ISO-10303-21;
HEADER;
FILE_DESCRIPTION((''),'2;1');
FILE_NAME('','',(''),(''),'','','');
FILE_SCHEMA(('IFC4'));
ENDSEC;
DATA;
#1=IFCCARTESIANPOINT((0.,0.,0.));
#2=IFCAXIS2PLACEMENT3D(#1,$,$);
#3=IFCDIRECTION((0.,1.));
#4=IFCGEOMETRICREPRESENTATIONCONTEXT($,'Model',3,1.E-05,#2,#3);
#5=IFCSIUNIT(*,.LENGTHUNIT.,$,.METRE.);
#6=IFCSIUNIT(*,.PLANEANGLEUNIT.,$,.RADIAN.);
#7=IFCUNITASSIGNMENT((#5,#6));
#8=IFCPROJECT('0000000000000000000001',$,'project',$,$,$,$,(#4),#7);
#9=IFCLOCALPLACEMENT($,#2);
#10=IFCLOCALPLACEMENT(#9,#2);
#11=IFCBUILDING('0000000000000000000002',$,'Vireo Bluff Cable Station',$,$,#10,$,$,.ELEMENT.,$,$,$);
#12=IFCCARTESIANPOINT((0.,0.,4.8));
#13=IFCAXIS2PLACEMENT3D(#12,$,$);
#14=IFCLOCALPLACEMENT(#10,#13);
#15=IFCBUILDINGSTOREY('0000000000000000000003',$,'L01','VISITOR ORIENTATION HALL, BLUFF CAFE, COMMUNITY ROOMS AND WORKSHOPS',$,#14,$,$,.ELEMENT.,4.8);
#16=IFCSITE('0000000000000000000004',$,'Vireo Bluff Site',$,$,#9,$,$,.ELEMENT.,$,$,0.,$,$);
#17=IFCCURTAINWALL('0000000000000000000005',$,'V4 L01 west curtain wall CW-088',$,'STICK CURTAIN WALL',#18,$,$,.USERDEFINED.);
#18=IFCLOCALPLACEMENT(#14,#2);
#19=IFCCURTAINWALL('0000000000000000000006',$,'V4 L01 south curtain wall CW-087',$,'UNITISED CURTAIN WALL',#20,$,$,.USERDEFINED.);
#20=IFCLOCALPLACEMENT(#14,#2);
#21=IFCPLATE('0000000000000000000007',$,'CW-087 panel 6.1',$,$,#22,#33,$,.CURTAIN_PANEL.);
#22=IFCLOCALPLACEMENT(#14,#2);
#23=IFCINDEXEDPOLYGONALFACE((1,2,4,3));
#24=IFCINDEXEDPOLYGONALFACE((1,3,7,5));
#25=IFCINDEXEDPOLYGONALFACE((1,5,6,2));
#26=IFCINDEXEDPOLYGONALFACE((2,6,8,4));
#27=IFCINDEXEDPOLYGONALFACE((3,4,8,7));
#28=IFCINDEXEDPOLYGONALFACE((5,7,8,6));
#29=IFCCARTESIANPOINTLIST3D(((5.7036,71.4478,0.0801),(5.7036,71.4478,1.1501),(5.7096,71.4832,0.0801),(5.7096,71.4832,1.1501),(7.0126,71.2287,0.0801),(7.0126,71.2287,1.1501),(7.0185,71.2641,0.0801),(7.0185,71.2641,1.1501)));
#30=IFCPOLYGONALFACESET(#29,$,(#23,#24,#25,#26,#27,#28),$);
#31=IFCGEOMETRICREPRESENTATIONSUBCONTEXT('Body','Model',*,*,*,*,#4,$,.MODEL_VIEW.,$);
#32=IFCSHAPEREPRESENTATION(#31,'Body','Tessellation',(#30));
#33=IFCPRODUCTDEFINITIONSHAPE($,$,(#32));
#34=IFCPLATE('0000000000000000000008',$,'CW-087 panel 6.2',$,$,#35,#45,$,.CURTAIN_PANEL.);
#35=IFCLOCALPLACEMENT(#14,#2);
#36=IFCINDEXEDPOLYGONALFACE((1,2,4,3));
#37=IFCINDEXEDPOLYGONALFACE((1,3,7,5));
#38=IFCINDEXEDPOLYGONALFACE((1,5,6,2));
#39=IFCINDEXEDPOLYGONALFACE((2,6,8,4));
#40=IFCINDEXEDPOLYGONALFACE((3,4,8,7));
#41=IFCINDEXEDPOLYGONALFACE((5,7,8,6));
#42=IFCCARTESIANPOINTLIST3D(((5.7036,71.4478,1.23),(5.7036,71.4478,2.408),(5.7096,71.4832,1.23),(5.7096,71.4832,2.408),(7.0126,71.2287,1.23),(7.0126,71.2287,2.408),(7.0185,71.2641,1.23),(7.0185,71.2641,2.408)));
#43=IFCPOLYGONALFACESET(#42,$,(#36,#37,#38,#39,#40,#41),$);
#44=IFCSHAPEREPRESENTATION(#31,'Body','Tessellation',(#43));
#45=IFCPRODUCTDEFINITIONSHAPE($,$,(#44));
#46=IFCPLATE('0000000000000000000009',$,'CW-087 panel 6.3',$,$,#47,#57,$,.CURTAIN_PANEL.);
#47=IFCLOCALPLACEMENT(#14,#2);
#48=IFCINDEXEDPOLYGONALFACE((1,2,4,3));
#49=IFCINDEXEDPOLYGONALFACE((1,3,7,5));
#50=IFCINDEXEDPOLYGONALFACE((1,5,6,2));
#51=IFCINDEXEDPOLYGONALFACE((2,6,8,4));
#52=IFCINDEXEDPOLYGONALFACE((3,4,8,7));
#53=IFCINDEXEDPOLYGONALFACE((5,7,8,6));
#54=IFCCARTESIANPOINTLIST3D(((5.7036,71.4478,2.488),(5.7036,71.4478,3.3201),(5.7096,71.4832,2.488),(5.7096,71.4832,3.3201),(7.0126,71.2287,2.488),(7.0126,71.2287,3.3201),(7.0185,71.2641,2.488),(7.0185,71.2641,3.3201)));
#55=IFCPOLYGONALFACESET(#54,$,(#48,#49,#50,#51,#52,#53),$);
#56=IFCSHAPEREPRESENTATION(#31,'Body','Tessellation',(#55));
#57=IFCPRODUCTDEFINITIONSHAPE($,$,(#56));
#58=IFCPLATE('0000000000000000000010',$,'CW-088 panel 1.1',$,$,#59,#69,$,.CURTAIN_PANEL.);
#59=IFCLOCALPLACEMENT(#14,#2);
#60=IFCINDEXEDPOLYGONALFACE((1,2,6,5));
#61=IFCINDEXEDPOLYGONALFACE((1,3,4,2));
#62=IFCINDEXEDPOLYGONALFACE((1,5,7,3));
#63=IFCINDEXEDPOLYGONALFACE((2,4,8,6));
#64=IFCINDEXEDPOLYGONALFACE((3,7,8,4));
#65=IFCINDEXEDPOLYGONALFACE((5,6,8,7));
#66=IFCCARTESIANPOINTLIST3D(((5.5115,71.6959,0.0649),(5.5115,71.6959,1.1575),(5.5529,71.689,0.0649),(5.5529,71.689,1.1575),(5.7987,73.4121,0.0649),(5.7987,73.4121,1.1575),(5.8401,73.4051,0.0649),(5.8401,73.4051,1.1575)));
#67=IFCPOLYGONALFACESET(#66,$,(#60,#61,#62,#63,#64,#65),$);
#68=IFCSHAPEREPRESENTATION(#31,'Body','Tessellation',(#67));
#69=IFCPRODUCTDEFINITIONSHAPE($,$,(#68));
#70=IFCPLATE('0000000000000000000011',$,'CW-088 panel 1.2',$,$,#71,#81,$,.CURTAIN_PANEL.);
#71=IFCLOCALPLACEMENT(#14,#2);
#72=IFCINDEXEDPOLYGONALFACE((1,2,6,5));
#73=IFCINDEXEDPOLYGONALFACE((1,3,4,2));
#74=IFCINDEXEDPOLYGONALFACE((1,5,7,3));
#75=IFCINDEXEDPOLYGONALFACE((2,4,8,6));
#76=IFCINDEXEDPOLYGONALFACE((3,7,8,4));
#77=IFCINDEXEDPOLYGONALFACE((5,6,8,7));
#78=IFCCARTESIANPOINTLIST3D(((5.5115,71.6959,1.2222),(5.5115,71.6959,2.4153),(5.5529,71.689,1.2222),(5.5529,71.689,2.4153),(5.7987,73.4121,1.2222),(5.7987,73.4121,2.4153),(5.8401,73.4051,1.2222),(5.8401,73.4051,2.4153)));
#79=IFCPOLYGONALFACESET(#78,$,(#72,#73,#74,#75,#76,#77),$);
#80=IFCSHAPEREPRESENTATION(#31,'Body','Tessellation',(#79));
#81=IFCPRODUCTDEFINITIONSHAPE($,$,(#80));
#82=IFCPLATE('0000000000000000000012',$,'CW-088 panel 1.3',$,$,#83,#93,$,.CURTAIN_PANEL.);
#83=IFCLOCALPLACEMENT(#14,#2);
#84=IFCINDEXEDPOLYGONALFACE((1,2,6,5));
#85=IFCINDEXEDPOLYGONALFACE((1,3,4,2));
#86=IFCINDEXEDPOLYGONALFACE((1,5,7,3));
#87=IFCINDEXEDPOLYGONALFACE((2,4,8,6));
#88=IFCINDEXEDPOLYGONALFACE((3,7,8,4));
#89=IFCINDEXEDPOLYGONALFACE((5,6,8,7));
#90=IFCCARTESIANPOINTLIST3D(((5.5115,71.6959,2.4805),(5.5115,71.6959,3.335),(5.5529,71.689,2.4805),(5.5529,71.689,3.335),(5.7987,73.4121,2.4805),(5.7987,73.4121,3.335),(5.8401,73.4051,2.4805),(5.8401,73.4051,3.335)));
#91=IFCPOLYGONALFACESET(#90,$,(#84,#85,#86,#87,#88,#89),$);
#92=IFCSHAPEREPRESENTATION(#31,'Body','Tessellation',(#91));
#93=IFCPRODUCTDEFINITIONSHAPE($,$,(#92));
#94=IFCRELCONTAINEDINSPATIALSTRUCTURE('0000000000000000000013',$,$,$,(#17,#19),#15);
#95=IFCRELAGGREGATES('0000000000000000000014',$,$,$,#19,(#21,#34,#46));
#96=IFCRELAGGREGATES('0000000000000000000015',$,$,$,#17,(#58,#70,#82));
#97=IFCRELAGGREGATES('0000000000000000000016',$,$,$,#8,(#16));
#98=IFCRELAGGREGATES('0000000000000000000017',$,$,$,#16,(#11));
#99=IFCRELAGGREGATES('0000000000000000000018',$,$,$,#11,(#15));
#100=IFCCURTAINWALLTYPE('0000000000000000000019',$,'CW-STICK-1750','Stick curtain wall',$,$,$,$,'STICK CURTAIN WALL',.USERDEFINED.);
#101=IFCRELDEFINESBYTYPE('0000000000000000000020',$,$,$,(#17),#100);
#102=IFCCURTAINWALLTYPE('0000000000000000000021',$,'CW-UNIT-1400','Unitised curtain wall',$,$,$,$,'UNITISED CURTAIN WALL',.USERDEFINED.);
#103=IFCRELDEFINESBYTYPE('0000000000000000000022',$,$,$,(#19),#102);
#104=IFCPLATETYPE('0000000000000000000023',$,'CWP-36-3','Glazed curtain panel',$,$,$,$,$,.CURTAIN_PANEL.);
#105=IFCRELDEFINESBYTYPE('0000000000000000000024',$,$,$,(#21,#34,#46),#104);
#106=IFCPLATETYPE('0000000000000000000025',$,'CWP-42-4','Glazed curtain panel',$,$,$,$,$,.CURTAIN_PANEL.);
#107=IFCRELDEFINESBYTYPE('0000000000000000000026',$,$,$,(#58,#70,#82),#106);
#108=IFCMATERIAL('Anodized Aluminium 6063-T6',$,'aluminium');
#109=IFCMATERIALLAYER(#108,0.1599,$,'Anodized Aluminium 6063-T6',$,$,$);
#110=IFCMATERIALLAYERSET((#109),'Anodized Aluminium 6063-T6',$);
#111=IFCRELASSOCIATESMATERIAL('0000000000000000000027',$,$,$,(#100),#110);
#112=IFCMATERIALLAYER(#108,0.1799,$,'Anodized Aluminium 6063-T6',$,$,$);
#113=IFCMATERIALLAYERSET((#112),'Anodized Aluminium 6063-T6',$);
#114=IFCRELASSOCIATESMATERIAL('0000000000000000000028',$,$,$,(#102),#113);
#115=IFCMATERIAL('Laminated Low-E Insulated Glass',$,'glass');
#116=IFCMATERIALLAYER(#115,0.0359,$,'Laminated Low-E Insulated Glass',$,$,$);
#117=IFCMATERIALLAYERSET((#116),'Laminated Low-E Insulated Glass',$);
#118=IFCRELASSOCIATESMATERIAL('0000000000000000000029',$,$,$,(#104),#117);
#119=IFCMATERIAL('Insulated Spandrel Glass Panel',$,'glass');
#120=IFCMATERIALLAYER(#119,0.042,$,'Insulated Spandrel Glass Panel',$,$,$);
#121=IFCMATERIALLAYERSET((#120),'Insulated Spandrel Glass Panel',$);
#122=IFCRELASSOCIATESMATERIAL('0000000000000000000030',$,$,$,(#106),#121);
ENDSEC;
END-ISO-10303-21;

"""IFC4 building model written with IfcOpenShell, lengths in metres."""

from ifc_helpers import new_model, si_unit, direction, frame, origin, origin_2d, place, context, subcontext, project, spatial, rectangle, extrude, material, layer, layer_set, type_object, element, aggregate, save


model = new_model("IFC4")

# Units and contexts
model_context = context("Model", 3, precision=1e-05, world=origin(), true_north=direction((0.0, 1.0)))
body_context = subcontext(model_context, "Body", "Model", "MODEL_VIEW")
ifc_project = project(units=[si_unit("LENGTHUNIT", "METRE"), si_unit("PLANEANGLEUNIT", "RADIAN")], contexts=[model_context])

# Site, building, storey
site_placement = place(None, origin())
site = spatial("IfcSite", under=ifc_project, at=site_placement, Name="Vireo Bluff Site", CompositionType="ELEMENT", RefElevation=0.0)
building_placement = place(site_placement, origin())
building = spatial("IfcBuilding", under=site, at=building_placement, Name="Vireo Bluff Cable Station", CompositionType="ELEMENT")
storey_placement = place(building_placement, frame((0.0, 0.0, 4.8)))
storey = spatial("IfcBuildingStorey", under=building, at=storey_placement, Name="L01", Description="VISITOR ORIENTATION HALL, BLUFF CAFE, COMMUNITY ROOMS AND WORKSHOPS", CompositionType="ELEMENT", Elevation=4.8)

# Curtain wall
ifc_material_1 = material(Name="Anodized Aluminium 6063-T6", Category="aluminium")
ifc_layer_1 = layer(ifc_material_1, 0.1599, Name="Anodized Aluminium 6063-T6")
ifc_layer_set_1 = layer_set([ifc_layer_1], Name="Anodized Aluminium 6063-T6")
curtain_wall_type_1 = type_object("IfcCurtainWallType", Name="CW-STICK-1750", Description="Stick curtain wall", ElementType="STICK CURTAIN WALL", PredefinedType="USERDEFINED", material=ifc_layer_set_1)
curtain_wall_1_placement = place(storey_placement, origin())
curtain_wall_1 = element("IfcCurtainWall", 1, at=curtain_wall_1_placement, inside=storey, type_object=curtain_wall_type_1, Name="V4 L01 west curtain wall CW-088", ObjectType="STICK CURTAIN WALL", PredefinedType="USERDEFINED")

# Curtain wall
ifc_layer_2 = layer(ifc_material_1, 0.1799, Name="Anodized Aluminium 6063-T6")
ifc_layer_set_2 = layer_set([ifc_layer_2], Name="Anodized Aluminium 6063-T6")
curtain_wall_type_2 = type_object("IfcCurtainWallType", Name="CW-UNIT-1400", Description="Unitised curtain wall", ElementType="UNITISED CURTAIN WALL", PredefinedType="USERDEFINED", material=ifc_layer_set_2)
curtain_wall_2_placement = place(storey_placement, origin())
curtain_wall_2 = element("IfcCurtainWall", 2, at=curtain_wall_2_placement, inside=storey, type_object=curtain_wall_type_2, Name="V4 L01 south curtain wall CW-087", ObjectType="UNITISED CURTAIN WALL", PredefinedType="USERDEFINED")

# Plates
ifc_material_2 = material(Name="Laminated Low-E Insulated Glass", Category="glass")
ifc_layer_3 = layer(ifc_material_2, 0.0359, Name="Laminated Low-E Insulated Glass")
ifc_layer_set_3 = layer_set([ifc_layer_3], Name="Laminated Low-E Insulated Glass")
plate_type_1 = type_object("IfcPlateType", Name="CWP-36-3", Description="Glazed curtain panel", PredefinedType="CURTAIN_PANEL", material=ifc_layer_set_3)
plate_1_placement = place(storey_placement, frame((6.3611, 71.356, 0.0801), z_axis=(0.0, 0.0, 1.0), x_axis=(-0.986286, 0.165048, 0.0)))
plate_1 = element("IfcPlate", 3, at=plate_1_placement, type_object=plate_type_1, Name="CW-087 panel 6.1", PredefinedType="CURTAIN_PANEL", context=body_context, shape_type="SweptSolid", body=[
    extrude(rectangle(XDim=1.3271, YDim=0.0359, at=origin_2d()), origin(), (0.0, 0.0, 1.0), 1.0701),
])
plate_2_placement = place(storey_placement, frame((6.3611, 71.356, 1.23), z_axis=(0.0, 0.0, 1.0), x_axis=(-0.986286, 0.165048, 0.0)))
plate_2 = element("IfcPlate", 4, at=plate_2_placement, type_object=plate_type_1, Name="CW-087 panel 6.2", PredefinedType="CURTAIN_PANEL", context=body_context, shape_type="SweptSolid", body=[
    extrude(rectangle(XDim=1.3271, YDim=0.0359, at=origin_2d()), origin(), (0.0, 0.0, 1.0), 1.178),
])
plate_3_placement = place(storey_placement, frame((6.3611, 71.356, 2.488), z_axis=(0.0, 0.0, 1.0), x_axis=(-0.986286, 0.165048, 0.0)))
plate_3 = element("IfcPlate", 5, at=plate_3_placement, type_object=plate_type_1, Name="CW-087 panel 6.3", PredefinedType="CURTAIN_PANEL", context=body_context, shape_type="SweptSolid", body=[
    extrude(rectangle(XDim=1.3271, YDim=0.0359, at=origin_2d()), origin(), (0.0, 0.0, 1.0), 0.832),
])
aggregate(curtain_wall_2, [plate_1, plate_2, plate_3])
ifc_material_3 = material(Name="Insulated Spandrel Glass Panel", Category="glass")
ifc_layer_4 = layer(ifc_material_3, 0.042, Name="Insulated Spandrel Glass Panel")
ifc_layer_set_4 = layer_set([ifc_layer_4], Name="Insulated Spandrel Glass Panel")
plate_type_2 = type_object("IfcPlateType", Name="CWP-42-4", Description="Glazed curtain panel", PredefinedType="CURTAIN_PANEL", material=ifc_layer_set_4)
plate_4_placement = place(storey_placement, frame((5.6758, 72.5505, 0.0649), z_axis=(0.0, 0.0, 1.0), x_axis=(0.165048, 0.986286, 0.0)))
plate_4 = element("IfcPlate", 6, at=plate_4_placement, type_object=plate_type_2, Name="CW-088 panel 1.1", PredefinedType="CURTAIN_PANEL", context=body_context, shape_type="SweptSolid", body=[
    extrude(rectangle(XDim=1.74, YDim=0.042, at=origin_2d()), origin(), (0.0, 0.0, 1.0), 1.0925),
])
plate_5_placement = place(storey_placement, frame((5.6758, 72.5505, 1.2222), z_axis=(0.0, 0.0, 1.0), x_axis=(0.165048, 0.986286, 0.0)))
plate_5 = element("IfcPlate", 7, at=plate_5_placement, type_object=plate_type_2, Name="CW-088 panel 1.2", PredefinedType="CURTAIN_PANEL", context=body_context, shape_type="SweptSolid", body=[
    extrude(rectangle(XDim=1.74, YDim=0.042, at=origin_2d()), origin(), (0.0, 0.0, 1.0), 1.1931),
])
plate_6_placement = place(storey_placement, frame((5.6758, 72.5505, 2.4805), z_axis=(0.0, 0.0, 1.0), x_axis=(0.165048, 0.986286, 0.0)))
plate_6 = element("IfcPlate", 8, at=plate_6_placement, type_object=plate_type_2, Name="CW-088 panel 1.3", PredefinedType="CURTAIN_PANEL", context=body_context, shape_type="SweptSolid", body=[
    extrude(rectangle(XDim=1.74, YDim=0.042, at=origin_2d()), origin(), (0.0, 0.0, 1.0), 0.8545),
])
aggregate(curtain_wall_1, [plate_4, plate_5, plate_6])

save(model, "model.ifc")
